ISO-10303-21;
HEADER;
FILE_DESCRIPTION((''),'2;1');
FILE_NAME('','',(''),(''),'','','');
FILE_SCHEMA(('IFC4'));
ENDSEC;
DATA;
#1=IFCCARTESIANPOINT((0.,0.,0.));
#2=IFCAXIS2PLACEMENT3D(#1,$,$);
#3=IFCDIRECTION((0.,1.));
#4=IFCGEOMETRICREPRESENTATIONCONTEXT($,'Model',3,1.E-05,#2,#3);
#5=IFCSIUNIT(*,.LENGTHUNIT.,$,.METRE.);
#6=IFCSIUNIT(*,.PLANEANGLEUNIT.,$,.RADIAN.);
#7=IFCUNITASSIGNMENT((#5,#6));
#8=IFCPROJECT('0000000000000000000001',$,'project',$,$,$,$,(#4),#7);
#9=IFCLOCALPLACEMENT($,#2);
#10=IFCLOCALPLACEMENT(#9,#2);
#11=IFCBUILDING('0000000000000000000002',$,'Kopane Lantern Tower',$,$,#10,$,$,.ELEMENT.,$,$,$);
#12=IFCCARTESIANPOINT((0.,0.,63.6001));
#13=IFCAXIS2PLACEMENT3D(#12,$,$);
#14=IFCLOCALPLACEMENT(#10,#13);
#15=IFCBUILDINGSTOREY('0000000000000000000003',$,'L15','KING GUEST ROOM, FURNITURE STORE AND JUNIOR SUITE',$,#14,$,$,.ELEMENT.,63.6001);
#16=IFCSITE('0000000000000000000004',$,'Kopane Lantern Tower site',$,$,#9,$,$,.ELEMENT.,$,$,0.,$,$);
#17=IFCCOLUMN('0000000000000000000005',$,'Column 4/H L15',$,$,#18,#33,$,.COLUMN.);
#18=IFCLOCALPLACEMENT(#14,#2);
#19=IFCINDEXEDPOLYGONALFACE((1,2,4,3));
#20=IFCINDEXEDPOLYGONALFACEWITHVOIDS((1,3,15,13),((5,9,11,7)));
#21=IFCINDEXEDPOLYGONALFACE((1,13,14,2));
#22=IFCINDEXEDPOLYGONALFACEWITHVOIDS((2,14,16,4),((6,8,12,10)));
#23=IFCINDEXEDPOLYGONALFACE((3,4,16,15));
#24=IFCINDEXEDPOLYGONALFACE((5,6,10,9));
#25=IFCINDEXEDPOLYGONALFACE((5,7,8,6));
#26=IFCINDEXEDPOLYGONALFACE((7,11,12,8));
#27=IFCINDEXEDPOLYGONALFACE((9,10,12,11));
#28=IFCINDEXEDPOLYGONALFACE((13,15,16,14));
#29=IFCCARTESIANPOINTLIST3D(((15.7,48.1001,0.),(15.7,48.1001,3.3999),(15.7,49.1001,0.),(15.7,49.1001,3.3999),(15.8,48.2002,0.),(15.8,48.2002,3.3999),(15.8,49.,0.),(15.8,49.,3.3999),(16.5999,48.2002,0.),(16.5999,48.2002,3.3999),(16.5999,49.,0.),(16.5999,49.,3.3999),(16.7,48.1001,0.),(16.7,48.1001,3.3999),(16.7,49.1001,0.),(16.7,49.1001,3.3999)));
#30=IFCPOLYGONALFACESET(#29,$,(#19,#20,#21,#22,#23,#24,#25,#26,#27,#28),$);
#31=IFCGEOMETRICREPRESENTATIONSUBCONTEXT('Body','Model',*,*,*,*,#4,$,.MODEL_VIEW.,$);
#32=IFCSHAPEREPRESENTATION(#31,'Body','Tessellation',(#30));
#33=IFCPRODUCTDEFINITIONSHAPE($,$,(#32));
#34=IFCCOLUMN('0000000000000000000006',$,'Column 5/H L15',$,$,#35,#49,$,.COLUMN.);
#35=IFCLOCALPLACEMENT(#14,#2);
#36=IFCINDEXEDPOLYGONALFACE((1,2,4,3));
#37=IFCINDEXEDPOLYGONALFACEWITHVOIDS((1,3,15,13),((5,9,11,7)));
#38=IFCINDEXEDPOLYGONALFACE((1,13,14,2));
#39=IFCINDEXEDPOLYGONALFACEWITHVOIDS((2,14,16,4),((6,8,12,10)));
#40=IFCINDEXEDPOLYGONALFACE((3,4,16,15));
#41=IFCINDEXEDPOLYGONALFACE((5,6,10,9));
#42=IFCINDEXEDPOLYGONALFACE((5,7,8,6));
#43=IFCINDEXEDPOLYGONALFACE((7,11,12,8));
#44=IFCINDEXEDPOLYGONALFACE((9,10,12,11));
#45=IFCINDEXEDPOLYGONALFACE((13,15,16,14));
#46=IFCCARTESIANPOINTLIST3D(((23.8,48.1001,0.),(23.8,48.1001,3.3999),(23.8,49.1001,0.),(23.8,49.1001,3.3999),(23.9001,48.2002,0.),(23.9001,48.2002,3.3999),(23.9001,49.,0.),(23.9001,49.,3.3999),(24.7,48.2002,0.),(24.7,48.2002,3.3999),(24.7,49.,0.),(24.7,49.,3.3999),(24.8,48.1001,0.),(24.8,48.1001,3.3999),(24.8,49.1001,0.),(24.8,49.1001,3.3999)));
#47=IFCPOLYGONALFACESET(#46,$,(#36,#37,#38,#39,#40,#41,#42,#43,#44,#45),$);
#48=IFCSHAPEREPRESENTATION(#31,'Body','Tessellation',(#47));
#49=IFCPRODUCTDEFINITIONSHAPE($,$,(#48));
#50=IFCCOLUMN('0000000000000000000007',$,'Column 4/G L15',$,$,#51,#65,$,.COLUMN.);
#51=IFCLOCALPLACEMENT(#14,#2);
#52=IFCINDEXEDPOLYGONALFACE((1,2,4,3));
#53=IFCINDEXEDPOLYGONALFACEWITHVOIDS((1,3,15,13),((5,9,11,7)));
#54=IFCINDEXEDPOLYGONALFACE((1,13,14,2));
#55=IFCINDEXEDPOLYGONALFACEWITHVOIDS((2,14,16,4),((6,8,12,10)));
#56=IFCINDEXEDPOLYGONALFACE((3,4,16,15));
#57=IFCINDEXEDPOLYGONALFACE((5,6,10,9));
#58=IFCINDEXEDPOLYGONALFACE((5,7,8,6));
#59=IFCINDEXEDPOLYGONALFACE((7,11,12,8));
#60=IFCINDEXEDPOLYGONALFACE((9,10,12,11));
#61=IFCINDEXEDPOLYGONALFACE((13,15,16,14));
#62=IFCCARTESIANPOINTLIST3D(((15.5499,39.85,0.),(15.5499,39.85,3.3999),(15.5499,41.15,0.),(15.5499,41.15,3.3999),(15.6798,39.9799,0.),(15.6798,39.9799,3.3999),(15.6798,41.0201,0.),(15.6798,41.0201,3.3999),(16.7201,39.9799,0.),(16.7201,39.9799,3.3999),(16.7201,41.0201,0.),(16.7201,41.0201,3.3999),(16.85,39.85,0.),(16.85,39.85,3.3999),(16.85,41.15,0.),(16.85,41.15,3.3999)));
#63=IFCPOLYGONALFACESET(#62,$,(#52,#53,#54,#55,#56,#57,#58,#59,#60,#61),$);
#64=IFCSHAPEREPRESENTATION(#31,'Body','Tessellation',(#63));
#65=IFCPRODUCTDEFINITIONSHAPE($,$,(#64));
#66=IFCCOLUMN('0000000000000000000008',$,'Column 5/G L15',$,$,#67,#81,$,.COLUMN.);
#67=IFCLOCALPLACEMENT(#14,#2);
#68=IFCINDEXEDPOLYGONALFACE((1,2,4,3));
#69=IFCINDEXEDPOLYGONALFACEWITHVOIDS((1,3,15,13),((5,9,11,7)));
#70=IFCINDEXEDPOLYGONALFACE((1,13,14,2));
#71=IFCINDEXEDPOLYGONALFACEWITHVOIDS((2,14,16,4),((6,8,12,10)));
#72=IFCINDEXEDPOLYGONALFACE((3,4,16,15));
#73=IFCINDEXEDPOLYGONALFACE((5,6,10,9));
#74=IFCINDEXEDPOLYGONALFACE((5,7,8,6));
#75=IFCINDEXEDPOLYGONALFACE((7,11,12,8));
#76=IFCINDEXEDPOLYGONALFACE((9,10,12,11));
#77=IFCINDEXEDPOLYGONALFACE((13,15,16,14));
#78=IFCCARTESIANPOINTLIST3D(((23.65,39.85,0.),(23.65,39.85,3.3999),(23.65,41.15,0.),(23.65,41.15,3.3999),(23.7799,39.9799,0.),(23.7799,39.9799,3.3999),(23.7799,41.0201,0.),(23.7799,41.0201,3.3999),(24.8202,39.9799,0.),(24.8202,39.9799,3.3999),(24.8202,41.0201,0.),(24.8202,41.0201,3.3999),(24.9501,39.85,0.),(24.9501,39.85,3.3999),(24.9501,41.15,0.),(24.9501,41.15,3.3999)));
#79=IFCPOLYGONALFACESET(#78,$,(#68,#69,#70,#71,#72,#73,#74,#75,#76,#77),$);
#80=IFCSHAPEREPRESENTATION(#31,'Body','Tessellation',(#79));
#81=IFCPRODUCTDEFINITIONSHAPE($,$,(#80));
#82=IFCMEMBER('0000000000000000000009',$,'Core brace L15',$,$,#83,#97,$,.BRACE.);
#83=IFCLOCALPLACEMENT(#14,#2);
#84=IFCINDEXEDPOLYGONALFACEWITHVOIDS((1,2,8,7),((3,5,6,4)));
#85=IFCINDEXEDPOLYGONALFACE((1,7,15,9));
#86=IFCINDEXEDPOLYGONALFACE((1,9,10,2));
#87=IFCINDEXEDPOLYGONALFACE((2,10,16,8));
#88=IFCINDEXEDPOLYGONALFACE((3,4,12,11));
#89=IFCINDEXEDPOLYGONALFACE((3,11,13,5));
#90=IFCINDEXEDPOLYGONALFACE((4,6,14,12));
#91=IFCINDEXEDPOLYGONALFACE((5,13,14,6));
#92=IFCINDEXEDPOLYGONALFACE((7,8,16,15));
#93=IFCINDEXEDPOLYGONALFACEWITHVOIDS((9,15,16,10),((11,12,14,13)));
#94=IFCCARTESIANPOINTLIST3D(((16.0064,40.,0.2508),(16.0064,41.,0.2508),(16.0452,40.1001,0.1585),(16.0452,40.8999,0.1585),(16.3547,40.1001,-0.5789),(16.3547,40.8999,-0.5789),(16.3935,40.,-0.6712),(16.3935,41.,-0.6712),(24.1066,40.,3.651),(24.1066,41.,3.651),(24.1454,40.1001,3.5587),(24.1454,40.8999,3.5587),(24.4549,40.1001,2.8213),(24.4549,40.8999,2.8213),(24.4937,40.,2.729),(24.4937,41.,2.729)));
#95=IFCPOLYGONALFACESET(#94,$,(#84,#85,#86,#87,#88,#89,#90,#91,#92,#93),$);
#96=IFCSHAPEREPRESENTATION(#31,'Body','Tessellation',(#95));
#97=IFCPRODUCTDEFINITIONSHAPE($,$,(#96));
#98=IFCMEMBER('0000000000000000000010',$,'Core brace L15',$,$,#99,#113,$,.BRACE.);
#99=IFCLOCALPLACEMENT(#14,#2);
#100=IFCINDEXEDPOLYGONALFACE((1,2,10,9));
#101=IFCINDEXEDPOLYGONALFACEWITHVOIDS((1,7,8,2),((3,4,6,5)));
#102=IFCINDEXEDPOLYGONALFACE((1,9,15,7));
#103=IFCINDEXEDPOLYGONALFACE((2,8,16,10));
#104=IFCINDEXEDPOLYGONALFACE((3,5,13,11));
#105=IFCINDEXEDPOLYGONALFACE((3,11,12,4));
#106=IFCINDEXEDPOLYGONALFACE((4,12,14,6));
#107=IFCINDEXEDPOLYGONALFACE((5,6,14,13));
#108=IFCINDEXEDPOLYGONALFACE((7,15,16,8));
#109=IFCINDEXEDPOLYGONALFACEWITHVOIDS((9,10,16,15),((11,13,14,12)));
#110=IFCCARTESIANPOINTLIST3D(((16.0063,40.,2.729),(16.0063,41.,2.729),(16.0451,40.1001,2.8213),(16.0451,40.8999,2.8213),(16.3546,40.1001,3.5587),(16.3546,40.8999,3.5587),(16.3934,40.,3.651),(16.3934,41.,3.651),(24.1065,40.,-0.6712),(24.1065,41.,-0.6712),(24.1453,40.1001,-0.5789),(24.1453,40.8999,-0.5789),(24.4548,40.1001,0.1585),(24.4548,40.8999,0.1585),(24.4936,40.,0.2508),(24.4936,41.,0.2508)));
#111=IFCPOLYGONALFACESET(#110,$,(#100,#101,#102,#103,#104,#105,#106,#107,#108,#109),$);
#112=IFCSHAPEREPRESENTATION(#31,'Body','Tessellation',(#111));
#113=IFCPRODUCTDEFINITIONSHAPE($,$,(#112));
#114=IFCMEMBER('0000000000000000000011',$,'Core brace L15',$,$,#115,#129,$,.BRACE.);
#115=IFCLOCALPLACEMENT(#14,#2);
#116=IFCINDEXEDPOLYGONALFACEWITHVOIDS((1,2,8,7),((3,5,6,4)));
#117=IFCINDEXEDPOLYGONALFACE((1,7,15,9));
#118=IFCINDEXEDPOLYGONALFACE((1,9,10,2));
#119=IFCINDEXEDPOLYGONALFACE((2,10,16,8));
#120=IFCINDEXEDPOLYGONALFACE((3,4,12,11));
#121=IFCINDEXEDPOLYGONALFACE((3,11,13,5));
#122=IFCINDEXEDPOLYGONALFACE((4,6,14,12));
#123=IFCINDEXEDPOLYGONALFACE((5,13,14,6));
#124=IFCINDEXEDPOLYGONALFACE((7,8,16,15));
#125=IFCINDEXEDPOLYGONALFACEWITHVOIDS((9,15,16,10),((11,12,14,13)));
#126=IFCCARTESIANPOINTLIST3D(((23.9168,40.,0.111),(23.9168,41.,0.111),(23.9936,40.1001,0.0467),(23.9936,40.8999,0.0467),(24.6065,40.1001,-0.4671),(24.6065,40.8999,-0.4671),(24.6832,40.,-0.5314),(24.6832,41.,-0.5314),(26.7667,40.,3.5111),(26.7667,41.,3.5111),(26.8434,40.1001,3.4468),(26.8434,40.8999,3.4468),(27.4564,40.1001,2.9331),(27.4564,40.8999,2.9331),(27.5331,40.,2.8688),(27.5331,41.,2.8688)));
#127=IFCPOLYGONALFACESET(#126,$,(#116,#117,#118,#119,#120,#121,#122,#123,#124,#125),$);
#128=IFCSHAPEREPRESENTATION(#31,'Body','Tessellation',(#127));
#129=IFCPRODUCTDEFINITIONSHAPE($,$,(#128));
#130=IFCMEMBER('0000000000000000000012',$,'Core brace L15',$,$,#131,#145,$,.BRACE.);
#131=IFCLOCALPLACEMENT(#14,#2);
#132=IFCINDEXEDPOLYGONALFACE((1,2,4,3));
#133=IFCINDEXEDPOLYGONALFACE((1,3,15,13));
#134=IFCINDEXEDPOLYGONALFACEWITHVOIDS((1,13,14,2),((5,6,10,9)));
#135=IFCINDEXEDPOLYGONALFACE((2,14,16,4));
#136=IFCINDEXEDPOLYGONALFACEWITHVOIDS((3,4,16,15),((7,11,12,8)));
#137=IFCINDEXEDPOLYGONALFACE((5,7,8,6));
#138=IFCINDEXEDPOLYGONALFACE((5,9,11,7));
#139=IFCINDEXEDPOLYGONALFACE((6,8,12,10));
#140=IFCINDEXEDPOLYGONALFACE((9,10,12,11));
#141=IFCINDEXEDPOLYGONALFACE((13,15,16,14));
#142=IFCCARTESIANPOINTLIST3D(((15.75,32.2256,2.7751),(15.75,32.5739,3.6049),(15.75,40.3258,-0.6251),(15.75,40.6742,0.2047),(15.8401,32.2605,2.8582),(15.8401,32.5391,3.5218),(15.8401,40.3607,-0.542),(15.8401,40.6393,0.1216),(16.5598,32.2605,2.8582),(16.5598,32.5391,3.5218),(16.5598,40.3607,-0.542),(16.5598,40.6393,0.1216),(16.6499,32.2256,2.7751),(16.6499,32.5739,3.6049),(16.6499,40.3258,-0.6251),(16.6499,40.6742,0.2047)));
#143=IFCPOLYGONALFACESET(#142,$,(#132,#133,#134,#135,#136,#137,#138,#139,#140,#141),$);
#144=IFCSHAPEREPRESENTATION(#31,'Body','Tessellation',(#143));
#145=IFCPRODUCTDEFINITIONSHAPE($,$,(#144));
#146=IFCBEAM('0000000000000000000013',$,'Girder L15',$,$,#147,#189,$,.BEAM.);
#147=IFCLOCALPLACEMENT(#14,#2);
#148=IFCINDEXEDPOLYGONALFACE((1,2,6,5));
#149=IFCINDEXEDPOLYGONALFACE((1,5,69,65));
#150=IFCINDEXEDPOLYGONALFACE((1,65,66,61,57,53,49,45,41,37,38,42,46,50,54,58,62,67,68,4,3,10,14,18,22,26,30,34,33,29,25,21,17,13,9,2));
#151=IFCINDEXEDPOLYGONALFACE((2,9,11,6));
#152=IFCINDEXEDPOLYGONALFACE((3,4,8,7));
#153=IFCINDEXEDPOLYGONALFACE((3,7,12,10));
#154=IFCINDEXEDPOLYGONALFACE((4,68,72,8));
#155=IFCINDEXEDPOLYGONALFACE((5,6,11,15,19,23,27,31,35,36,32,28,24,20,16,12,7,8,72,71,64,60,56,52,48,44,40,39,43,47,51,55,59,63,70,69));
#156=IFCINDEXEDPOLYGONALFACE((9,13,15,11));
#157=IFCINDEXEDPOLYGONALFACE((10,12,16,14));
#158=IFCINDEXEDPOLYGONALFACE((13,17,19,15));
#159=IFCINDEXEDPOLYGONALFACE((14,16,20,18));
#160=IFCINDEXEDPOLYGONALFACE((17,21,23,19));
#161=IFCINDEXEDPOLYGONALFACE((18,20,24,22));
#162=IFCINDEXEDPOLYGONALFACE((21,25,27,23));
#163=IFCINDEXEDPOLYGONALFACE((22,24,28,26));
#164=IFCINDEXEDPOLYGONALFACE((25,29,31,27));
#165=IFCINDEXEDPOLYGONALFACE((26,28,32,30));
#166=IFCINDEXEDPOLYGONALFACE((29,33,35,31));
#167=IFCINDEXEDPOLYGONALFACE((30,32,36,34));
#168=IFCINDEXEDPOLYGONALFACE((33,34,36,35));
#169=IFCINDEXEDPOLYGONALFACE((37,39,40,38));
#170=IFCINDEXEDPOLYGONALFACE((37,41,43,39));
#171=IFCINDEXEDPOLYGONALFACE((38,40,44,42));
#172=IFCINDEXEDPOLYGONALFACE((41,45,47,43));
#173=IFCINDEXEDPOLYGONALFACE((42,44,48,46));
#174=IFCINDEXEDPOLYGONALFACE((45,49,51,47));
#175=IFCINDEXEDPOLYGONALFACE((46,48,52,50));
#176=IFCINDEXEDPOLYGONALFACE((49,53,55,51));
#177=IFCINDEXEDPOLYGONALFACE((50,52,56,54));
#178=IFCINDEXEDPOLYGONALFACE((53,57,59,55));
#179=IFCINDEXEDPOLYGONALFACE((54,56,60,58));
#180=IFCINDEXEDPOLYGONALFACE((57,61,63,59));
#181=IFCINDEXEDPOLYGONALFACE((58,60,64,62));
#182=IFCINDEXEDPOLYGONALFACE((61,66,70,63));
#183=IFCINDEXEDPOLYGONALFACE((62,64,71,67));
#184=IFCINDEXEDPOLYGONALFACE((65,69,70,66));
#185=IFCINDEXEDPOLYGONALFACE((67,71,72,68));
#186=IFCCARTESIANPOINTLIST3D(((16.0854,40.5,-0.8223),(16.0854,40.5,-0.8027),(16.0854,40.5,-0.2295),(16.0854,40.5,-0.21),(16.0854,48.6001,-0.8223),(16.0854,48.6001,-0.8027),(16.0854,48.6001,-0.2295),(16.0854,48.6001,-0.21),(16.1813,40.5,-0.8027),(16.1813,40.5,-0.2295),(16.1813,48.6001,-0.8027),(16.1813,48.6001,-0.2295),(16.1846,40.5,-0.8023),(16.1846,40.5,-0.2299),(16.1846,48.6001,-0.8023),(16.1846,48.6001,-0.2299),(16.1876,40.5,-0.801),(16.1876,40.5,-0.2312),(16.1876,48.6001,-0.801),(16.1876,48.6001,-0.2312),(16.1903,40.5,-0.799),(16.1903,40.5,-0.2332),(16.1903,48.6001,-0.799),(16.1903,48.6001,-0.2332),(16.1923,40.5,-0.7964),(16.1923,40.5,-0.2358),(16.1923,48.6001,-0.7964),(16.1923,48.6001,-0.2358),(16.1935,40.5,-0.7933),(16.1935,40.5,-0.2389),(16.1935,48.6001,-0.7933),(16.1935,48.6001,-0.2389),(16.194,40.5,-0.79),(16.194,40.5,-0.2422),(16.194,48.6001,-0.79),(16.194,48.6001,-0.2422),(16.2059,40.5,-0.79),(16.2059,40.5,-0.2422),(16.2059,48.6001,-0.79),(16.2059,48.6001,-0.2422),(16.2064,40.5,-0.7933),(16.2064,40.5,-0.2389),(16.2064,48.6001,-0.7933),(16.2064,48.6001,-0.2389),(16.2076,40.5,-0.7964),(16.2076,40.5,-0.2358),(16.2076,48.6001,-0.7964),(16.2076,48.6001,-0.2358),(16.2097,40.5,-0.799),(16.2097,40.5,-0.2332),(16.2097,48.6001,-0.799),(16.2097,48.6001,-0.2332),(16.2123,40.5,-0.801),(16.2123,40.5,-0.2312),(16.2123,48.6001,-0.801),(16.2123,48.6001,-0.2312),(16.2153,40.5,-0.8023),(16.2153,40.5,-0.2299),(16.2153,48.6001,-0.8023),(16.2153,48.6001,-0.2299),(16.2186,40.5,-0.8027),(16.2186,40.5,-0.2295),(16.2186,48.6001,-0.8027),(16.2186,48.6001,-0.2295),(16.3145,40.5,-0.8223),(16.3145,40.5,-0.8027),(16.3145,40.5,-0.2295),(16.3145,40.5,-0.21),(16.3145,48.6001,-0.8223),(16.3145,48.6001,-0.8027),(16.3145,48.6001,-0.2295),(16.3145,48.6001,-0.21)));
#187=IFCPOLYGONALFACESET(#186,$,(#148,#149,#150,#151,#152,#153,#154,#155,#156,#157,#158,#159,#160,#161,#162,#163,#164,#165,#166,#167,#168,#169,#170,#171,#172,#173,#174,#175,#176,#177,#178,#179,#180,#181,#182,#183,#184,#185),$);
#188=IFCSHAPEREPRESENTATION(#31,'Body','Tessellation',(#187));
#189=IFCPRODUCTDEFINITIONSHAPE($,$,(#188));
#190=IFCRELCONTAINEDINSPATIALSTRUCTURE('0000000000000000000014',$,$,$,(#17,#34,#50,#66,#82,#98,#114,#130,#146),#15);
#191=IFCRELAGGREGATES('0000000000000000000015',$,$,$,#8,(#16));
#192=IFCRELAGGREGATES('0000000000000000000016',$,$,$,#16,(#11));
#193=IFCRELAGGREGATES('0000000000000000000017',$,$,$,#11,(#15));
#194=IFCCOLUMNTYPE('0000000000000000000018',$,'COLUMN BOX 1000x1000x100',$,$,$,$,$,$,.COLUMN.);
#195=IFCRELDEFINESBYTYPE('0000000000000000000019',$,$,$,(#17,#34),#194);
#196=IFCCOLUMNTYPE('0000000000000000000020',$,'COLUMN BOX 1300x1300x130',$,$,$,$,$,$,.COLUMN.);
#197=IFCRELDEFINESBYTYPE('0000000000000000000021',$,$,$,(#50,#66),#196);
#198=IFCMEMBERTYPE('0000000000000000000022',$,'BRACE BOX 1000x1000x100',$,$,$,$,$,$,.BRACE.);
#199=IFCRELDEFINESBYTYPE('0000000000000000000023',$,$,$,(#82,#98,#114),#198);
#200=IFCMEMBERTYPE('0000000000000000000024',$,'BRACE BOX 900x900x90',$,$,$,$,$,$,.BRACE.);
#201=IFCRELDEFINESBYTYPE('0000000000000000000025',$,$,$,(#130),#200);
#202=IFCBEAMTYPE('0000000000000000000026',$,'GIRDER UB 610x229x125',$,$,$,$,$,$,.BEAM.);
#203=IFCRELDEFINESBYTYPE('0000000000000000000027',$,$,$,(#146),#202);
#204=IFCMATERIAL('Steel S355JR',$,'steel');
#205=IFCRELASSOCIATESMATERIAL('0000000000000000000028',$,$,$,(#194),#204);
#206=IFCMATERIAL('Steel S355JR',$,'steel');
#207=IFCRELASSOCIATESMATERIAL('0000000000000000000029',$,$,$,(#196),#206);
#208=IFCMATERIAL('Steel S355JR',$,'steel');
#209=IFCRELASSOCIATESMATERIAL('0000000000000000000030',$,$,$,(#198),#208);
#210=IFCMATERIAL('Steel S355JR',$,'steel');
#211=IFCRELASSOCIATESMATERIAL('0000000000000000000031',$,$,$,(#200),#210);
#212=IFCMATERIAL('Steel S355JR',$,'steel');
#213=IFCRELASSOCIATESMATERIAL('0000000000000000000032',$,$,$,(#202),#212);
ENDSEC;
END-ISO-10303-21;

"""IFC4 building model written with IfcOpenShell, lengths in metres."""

from ifc_helpers import new_model, si_unit, direction, frame, origin, origin_2d, place, context, subcontext, project, spatial, hollow_rectangle, i_section, extrude, material, material_profile, profile_set, type_object, element, save


model = new_model("IFC4")

# Units and contexts
model_context = context("Model", 3, precision=1e-05, world=origin(), true_north=direction((0.0, 1.0)))
body_context = subcontext(model_context, "Body", "Model", "MODEL_VIEW")
ifc_project = project(units=[si_unit("LENGTHUNIT", "METRE"), si_unit("PLANEANGLEUNIT", "RADIAN")], contexts=[model_context])

# Site, building, storey
site_placement = place(None, origin())
site = spatial("IfcSite", under=ifc_project, at=site_placement, Name="Kopane Lantern Tower site", CompositionType="ELEMENT", RefElevation=0.0)
building_placement = place(site_placement, origin())
building = spatial("IfcBuilding", under=site, at=building_placement, Name="Kopane Lantern Tower", CompositionType="ELEMENT")
storey_placement = place(building_placement, frame((0.0, 0.0, 63.6001)))
storey = spatial("IfcBuildingStorey", under=building, at=storey_placement, Name="L15", Description="KING GUEST ROOM, FURNITURE STORE AND JUNIOR SUITE", CompositionType="ELEMENT", Elevation=63.6001)

# Columns
ifc_material_1 = material(Name="Steel S355JR", Category="steel")
ifc_material_profile_1 = material_profile(ifc_material_1, hollow_rectangle(XDim=1.0, YDim=1.0, WallThickness=0.1001, at=origin_2d()), Name="BOX 1000x1000x100")
ifc_profile_set_1 = profile_set([ifc_material_profile_1], Name="Steel S355JR")
column_type_1 = type_object("IfcColumnType", Name="COLUMN BOX 1000x1000x100", PredefinedType="COLUMN", material=ifc_profile_set_1)
for number, where, z_axis, x_axis, name in (
    (1, (16.2, 48.6001, 0.0), (0.0, 0.0, 1.0), (1.0, 0.0, 0.0), "Column 4/H L15"),
    (2, (24.3, 48.6001, 0.0), (0.0, 0.0, 1.0), (1.0, 0.0, 0.0), "Column 5/H L15"),
):
    element("IfcColumn", number, at=place(storey_placement, frame(where, z_axis=z_axis, x_axis=x_axis)), inside=storey, type_object=column_type_1, Name=name, PredefinedType="COLUMN", context=body_context, shape_type="SweptSolid", body=[
        extrude(hollow_rectangle(XDim=1.0, YDim=1.0, WallThickness=0.1001, at=origin_2d()), origin(), (0.0, 0.0, 1.0), 3.3999),
    ])
ifc_material_2 = material(Name="Steel S355JR", Category="steel")
ifc_material_profile_2 = material_profile(ifc_material_2, hollow_rectangle(XDim=1.3, YDim=1.3, WallThickness=0.1299, at=origin_2d()), Name="BOX 1300x1300x130")
ifc_profile_set_2 = profile_set([ifc_material_profile_2], Name="Steel S355JR")
column_type_2 = type_object("IfcColumnType", Name="COLUMN BOX 1300x1300x130", PredefinedType="COLUMN", material=ifc_profile_set_2)
for number, where, z_axis, x_axis, name in (
    (3, (16.2, 40.5, 0.0), (0.0, 0.0, 1.0), (1.0, 0.0, 0.0), "Column 4/G L15"),
    (4, (24.3, 40.5, 0.0), (0.0, 0.0, 1.0), (1.0, 0.0, 0.0), "Column 5/G L15"),
):
    element("IfcColumn", number, at=place(storey_placement, frame(where, z_axis=z_axis, x_axis=x_axis)), inside=storey, type_object=column_type_2, Name=name, PredefinedType="COLUMN", context=body_context, shape_type="SweptSolid", body=[
        extrude(hollow_rectangle(XDim=1.3, YDim=1.3, WallThickness=0.1299, at=origin_2d()), origin(), (0.0, 0.0, 1.0), 3.3999),
    ])

# Members
ifc_material_3 = material(Name="Steel S355JR", Category="steel")
ifc_material_profile_3 = material_profile(ifc_material_3, hollow_rectangle(XDim=1.0, YDim=1.0, WallThickness=0.1001, at=origin_2d()), Name="BOX 1000x1000x100")
ifc_profile_set_3 = profile_set([ifc_material_profile_3], Name="Steel S355JR")
member_type_1 = type_object("IfcMemberType", Name="BRACE BOX 1000x1000x100", PredefinedType="BRACE", material=ifc_profile_set_3)
for number, where, z_axis, x_axis, name in (
    (5, (16.2, 40.5, -0.2102), (0.922059, 0.0, 0.387049), (0.0, 1.0, 0.0), "Core brace L15"),
    (6, (24.3, 40.5, -0.2102), (-0.922059, 0.0, 0.387049), (0.0, -1.0, 0.0), "Core brace L15"),
):
    element("IfcMember", number, at=place(storey_placement, frame(where, z_axis=z_axis, x_axis=x_axis)), inside=storey, type_object=member_type_1, Name=name, PredefinedType="BRACE", context=body_context, shape_type="SweptSolid", body=[
        extrude(hollow_rectangle(XDim=1.0, YDim=1.0, WallThickness=0.1001, at=origin_2d()), origin(), (0.0, 0.0, 1.0), 8.7849),
    ])
member_1_placement = place(storey_placement, frame((24.3, 40.5, -0.2102), z_axis=(0.642363, 0.0, 0.7664), x_axis=(0.0, 1.0, 0.0)))
element("IfcMember", 7, at=member_1_placement, inside=storey, type_object=member_type_1, Name="Core brace L15", PredefinedType="BRACE", context=body_context, shape_type="SweptSolid", body=[
    extrude(hollow_rectangle(XDim=1.0, YDim=1.0, WallThickness=0.1001, at=origin_2d()), origin(), (0.0, 0.0, 1.0), 4.4365),
])
ifc_material_4 = material(Name="Steel S355JR", Category="steel")
ifc_material_profile_4 = material_profile(ifc_material_4, hollow_rectangle(XDim=0.8999, YDim=0.8999, WallThickness=0.0901, at=origin_2d()), Name="BOX 900x900x90")
ifc_profile_set_4 = profile_set([ifc_material_profile_4], Name="Steel S355JR")
member_type_2 = type_object("IfcMemberType", Name="BRACE BOX 900x900x90", PredefinedType="BRACE", material=ifc_profile_set_4)
member_2_placement = place(storey_placement, frame((16.2, 40.5, -0.2102), z_axis=(0.0, -0.922059, 0.387049), x_axis=(1.0, 0.0, 0.0)))
element("IfcMember", 8, at=member_2_placement, inside=storey, type_object=member_type_2, Name="Core brace L15", PredefinedType="BRACE", context=body_context, shape_type="SweptSolid", body=[
    extrude(hollow_rectangle(XDim=0.8999, YDim=0.8999, WallThickness=0.0901, at=origin_2d()), origin(), (0.0, 0.0, 1.0), 8.7849),
])

# Beam
ifc_material_5 = material(Name="Steel S355JR", Category="steel")
ifc_material_profile_5 = material_profile(ifc_material_5, i_section(OverallWidth=0.229, OverallDepth=0.6123, WebThickness=0.012, FlangeThickness=0.0195, FilletRadius=0.0127, at=origin_2d()), Name="UB 610x229x125")
ifc_profile_set_5 = profile_set([ifc_material_profile_5], Name="Steel S355JR")
beam_type_1 = type_object("IfcBeamType", Name="GIRDER UB 610x229x125", PredefinedType="BEAM", material=ifc_profile_set_5)
for number, where, z_axis, x_axis, name in (
    (9, (16.2, 40.5, -0.5161), (0.0, 1.0, 0.0), (-1.0, 0.0, 0.0), "Girder L15"),
):
    element("IfcBeam", number, at=place(storey_placement, frame(where, z_axis=z_axis, x_axis=x_axis)), inside=storey, type_object=beam_type_1, Name=name, PredefinedType="BEAM", context=body_context, shape_type="SweptSolid", body=[
        extrude(i_section(OverallWidth=0.229, OverallDepth=0.6123, WebThickness=0.012, FlangeThickness=0.0195, FilletRadius=0.0127, at=origin_2d()), origin(), (0.0, 0.0, 1.0), 8.1001),
    ])

save(model, "model.ifc")
